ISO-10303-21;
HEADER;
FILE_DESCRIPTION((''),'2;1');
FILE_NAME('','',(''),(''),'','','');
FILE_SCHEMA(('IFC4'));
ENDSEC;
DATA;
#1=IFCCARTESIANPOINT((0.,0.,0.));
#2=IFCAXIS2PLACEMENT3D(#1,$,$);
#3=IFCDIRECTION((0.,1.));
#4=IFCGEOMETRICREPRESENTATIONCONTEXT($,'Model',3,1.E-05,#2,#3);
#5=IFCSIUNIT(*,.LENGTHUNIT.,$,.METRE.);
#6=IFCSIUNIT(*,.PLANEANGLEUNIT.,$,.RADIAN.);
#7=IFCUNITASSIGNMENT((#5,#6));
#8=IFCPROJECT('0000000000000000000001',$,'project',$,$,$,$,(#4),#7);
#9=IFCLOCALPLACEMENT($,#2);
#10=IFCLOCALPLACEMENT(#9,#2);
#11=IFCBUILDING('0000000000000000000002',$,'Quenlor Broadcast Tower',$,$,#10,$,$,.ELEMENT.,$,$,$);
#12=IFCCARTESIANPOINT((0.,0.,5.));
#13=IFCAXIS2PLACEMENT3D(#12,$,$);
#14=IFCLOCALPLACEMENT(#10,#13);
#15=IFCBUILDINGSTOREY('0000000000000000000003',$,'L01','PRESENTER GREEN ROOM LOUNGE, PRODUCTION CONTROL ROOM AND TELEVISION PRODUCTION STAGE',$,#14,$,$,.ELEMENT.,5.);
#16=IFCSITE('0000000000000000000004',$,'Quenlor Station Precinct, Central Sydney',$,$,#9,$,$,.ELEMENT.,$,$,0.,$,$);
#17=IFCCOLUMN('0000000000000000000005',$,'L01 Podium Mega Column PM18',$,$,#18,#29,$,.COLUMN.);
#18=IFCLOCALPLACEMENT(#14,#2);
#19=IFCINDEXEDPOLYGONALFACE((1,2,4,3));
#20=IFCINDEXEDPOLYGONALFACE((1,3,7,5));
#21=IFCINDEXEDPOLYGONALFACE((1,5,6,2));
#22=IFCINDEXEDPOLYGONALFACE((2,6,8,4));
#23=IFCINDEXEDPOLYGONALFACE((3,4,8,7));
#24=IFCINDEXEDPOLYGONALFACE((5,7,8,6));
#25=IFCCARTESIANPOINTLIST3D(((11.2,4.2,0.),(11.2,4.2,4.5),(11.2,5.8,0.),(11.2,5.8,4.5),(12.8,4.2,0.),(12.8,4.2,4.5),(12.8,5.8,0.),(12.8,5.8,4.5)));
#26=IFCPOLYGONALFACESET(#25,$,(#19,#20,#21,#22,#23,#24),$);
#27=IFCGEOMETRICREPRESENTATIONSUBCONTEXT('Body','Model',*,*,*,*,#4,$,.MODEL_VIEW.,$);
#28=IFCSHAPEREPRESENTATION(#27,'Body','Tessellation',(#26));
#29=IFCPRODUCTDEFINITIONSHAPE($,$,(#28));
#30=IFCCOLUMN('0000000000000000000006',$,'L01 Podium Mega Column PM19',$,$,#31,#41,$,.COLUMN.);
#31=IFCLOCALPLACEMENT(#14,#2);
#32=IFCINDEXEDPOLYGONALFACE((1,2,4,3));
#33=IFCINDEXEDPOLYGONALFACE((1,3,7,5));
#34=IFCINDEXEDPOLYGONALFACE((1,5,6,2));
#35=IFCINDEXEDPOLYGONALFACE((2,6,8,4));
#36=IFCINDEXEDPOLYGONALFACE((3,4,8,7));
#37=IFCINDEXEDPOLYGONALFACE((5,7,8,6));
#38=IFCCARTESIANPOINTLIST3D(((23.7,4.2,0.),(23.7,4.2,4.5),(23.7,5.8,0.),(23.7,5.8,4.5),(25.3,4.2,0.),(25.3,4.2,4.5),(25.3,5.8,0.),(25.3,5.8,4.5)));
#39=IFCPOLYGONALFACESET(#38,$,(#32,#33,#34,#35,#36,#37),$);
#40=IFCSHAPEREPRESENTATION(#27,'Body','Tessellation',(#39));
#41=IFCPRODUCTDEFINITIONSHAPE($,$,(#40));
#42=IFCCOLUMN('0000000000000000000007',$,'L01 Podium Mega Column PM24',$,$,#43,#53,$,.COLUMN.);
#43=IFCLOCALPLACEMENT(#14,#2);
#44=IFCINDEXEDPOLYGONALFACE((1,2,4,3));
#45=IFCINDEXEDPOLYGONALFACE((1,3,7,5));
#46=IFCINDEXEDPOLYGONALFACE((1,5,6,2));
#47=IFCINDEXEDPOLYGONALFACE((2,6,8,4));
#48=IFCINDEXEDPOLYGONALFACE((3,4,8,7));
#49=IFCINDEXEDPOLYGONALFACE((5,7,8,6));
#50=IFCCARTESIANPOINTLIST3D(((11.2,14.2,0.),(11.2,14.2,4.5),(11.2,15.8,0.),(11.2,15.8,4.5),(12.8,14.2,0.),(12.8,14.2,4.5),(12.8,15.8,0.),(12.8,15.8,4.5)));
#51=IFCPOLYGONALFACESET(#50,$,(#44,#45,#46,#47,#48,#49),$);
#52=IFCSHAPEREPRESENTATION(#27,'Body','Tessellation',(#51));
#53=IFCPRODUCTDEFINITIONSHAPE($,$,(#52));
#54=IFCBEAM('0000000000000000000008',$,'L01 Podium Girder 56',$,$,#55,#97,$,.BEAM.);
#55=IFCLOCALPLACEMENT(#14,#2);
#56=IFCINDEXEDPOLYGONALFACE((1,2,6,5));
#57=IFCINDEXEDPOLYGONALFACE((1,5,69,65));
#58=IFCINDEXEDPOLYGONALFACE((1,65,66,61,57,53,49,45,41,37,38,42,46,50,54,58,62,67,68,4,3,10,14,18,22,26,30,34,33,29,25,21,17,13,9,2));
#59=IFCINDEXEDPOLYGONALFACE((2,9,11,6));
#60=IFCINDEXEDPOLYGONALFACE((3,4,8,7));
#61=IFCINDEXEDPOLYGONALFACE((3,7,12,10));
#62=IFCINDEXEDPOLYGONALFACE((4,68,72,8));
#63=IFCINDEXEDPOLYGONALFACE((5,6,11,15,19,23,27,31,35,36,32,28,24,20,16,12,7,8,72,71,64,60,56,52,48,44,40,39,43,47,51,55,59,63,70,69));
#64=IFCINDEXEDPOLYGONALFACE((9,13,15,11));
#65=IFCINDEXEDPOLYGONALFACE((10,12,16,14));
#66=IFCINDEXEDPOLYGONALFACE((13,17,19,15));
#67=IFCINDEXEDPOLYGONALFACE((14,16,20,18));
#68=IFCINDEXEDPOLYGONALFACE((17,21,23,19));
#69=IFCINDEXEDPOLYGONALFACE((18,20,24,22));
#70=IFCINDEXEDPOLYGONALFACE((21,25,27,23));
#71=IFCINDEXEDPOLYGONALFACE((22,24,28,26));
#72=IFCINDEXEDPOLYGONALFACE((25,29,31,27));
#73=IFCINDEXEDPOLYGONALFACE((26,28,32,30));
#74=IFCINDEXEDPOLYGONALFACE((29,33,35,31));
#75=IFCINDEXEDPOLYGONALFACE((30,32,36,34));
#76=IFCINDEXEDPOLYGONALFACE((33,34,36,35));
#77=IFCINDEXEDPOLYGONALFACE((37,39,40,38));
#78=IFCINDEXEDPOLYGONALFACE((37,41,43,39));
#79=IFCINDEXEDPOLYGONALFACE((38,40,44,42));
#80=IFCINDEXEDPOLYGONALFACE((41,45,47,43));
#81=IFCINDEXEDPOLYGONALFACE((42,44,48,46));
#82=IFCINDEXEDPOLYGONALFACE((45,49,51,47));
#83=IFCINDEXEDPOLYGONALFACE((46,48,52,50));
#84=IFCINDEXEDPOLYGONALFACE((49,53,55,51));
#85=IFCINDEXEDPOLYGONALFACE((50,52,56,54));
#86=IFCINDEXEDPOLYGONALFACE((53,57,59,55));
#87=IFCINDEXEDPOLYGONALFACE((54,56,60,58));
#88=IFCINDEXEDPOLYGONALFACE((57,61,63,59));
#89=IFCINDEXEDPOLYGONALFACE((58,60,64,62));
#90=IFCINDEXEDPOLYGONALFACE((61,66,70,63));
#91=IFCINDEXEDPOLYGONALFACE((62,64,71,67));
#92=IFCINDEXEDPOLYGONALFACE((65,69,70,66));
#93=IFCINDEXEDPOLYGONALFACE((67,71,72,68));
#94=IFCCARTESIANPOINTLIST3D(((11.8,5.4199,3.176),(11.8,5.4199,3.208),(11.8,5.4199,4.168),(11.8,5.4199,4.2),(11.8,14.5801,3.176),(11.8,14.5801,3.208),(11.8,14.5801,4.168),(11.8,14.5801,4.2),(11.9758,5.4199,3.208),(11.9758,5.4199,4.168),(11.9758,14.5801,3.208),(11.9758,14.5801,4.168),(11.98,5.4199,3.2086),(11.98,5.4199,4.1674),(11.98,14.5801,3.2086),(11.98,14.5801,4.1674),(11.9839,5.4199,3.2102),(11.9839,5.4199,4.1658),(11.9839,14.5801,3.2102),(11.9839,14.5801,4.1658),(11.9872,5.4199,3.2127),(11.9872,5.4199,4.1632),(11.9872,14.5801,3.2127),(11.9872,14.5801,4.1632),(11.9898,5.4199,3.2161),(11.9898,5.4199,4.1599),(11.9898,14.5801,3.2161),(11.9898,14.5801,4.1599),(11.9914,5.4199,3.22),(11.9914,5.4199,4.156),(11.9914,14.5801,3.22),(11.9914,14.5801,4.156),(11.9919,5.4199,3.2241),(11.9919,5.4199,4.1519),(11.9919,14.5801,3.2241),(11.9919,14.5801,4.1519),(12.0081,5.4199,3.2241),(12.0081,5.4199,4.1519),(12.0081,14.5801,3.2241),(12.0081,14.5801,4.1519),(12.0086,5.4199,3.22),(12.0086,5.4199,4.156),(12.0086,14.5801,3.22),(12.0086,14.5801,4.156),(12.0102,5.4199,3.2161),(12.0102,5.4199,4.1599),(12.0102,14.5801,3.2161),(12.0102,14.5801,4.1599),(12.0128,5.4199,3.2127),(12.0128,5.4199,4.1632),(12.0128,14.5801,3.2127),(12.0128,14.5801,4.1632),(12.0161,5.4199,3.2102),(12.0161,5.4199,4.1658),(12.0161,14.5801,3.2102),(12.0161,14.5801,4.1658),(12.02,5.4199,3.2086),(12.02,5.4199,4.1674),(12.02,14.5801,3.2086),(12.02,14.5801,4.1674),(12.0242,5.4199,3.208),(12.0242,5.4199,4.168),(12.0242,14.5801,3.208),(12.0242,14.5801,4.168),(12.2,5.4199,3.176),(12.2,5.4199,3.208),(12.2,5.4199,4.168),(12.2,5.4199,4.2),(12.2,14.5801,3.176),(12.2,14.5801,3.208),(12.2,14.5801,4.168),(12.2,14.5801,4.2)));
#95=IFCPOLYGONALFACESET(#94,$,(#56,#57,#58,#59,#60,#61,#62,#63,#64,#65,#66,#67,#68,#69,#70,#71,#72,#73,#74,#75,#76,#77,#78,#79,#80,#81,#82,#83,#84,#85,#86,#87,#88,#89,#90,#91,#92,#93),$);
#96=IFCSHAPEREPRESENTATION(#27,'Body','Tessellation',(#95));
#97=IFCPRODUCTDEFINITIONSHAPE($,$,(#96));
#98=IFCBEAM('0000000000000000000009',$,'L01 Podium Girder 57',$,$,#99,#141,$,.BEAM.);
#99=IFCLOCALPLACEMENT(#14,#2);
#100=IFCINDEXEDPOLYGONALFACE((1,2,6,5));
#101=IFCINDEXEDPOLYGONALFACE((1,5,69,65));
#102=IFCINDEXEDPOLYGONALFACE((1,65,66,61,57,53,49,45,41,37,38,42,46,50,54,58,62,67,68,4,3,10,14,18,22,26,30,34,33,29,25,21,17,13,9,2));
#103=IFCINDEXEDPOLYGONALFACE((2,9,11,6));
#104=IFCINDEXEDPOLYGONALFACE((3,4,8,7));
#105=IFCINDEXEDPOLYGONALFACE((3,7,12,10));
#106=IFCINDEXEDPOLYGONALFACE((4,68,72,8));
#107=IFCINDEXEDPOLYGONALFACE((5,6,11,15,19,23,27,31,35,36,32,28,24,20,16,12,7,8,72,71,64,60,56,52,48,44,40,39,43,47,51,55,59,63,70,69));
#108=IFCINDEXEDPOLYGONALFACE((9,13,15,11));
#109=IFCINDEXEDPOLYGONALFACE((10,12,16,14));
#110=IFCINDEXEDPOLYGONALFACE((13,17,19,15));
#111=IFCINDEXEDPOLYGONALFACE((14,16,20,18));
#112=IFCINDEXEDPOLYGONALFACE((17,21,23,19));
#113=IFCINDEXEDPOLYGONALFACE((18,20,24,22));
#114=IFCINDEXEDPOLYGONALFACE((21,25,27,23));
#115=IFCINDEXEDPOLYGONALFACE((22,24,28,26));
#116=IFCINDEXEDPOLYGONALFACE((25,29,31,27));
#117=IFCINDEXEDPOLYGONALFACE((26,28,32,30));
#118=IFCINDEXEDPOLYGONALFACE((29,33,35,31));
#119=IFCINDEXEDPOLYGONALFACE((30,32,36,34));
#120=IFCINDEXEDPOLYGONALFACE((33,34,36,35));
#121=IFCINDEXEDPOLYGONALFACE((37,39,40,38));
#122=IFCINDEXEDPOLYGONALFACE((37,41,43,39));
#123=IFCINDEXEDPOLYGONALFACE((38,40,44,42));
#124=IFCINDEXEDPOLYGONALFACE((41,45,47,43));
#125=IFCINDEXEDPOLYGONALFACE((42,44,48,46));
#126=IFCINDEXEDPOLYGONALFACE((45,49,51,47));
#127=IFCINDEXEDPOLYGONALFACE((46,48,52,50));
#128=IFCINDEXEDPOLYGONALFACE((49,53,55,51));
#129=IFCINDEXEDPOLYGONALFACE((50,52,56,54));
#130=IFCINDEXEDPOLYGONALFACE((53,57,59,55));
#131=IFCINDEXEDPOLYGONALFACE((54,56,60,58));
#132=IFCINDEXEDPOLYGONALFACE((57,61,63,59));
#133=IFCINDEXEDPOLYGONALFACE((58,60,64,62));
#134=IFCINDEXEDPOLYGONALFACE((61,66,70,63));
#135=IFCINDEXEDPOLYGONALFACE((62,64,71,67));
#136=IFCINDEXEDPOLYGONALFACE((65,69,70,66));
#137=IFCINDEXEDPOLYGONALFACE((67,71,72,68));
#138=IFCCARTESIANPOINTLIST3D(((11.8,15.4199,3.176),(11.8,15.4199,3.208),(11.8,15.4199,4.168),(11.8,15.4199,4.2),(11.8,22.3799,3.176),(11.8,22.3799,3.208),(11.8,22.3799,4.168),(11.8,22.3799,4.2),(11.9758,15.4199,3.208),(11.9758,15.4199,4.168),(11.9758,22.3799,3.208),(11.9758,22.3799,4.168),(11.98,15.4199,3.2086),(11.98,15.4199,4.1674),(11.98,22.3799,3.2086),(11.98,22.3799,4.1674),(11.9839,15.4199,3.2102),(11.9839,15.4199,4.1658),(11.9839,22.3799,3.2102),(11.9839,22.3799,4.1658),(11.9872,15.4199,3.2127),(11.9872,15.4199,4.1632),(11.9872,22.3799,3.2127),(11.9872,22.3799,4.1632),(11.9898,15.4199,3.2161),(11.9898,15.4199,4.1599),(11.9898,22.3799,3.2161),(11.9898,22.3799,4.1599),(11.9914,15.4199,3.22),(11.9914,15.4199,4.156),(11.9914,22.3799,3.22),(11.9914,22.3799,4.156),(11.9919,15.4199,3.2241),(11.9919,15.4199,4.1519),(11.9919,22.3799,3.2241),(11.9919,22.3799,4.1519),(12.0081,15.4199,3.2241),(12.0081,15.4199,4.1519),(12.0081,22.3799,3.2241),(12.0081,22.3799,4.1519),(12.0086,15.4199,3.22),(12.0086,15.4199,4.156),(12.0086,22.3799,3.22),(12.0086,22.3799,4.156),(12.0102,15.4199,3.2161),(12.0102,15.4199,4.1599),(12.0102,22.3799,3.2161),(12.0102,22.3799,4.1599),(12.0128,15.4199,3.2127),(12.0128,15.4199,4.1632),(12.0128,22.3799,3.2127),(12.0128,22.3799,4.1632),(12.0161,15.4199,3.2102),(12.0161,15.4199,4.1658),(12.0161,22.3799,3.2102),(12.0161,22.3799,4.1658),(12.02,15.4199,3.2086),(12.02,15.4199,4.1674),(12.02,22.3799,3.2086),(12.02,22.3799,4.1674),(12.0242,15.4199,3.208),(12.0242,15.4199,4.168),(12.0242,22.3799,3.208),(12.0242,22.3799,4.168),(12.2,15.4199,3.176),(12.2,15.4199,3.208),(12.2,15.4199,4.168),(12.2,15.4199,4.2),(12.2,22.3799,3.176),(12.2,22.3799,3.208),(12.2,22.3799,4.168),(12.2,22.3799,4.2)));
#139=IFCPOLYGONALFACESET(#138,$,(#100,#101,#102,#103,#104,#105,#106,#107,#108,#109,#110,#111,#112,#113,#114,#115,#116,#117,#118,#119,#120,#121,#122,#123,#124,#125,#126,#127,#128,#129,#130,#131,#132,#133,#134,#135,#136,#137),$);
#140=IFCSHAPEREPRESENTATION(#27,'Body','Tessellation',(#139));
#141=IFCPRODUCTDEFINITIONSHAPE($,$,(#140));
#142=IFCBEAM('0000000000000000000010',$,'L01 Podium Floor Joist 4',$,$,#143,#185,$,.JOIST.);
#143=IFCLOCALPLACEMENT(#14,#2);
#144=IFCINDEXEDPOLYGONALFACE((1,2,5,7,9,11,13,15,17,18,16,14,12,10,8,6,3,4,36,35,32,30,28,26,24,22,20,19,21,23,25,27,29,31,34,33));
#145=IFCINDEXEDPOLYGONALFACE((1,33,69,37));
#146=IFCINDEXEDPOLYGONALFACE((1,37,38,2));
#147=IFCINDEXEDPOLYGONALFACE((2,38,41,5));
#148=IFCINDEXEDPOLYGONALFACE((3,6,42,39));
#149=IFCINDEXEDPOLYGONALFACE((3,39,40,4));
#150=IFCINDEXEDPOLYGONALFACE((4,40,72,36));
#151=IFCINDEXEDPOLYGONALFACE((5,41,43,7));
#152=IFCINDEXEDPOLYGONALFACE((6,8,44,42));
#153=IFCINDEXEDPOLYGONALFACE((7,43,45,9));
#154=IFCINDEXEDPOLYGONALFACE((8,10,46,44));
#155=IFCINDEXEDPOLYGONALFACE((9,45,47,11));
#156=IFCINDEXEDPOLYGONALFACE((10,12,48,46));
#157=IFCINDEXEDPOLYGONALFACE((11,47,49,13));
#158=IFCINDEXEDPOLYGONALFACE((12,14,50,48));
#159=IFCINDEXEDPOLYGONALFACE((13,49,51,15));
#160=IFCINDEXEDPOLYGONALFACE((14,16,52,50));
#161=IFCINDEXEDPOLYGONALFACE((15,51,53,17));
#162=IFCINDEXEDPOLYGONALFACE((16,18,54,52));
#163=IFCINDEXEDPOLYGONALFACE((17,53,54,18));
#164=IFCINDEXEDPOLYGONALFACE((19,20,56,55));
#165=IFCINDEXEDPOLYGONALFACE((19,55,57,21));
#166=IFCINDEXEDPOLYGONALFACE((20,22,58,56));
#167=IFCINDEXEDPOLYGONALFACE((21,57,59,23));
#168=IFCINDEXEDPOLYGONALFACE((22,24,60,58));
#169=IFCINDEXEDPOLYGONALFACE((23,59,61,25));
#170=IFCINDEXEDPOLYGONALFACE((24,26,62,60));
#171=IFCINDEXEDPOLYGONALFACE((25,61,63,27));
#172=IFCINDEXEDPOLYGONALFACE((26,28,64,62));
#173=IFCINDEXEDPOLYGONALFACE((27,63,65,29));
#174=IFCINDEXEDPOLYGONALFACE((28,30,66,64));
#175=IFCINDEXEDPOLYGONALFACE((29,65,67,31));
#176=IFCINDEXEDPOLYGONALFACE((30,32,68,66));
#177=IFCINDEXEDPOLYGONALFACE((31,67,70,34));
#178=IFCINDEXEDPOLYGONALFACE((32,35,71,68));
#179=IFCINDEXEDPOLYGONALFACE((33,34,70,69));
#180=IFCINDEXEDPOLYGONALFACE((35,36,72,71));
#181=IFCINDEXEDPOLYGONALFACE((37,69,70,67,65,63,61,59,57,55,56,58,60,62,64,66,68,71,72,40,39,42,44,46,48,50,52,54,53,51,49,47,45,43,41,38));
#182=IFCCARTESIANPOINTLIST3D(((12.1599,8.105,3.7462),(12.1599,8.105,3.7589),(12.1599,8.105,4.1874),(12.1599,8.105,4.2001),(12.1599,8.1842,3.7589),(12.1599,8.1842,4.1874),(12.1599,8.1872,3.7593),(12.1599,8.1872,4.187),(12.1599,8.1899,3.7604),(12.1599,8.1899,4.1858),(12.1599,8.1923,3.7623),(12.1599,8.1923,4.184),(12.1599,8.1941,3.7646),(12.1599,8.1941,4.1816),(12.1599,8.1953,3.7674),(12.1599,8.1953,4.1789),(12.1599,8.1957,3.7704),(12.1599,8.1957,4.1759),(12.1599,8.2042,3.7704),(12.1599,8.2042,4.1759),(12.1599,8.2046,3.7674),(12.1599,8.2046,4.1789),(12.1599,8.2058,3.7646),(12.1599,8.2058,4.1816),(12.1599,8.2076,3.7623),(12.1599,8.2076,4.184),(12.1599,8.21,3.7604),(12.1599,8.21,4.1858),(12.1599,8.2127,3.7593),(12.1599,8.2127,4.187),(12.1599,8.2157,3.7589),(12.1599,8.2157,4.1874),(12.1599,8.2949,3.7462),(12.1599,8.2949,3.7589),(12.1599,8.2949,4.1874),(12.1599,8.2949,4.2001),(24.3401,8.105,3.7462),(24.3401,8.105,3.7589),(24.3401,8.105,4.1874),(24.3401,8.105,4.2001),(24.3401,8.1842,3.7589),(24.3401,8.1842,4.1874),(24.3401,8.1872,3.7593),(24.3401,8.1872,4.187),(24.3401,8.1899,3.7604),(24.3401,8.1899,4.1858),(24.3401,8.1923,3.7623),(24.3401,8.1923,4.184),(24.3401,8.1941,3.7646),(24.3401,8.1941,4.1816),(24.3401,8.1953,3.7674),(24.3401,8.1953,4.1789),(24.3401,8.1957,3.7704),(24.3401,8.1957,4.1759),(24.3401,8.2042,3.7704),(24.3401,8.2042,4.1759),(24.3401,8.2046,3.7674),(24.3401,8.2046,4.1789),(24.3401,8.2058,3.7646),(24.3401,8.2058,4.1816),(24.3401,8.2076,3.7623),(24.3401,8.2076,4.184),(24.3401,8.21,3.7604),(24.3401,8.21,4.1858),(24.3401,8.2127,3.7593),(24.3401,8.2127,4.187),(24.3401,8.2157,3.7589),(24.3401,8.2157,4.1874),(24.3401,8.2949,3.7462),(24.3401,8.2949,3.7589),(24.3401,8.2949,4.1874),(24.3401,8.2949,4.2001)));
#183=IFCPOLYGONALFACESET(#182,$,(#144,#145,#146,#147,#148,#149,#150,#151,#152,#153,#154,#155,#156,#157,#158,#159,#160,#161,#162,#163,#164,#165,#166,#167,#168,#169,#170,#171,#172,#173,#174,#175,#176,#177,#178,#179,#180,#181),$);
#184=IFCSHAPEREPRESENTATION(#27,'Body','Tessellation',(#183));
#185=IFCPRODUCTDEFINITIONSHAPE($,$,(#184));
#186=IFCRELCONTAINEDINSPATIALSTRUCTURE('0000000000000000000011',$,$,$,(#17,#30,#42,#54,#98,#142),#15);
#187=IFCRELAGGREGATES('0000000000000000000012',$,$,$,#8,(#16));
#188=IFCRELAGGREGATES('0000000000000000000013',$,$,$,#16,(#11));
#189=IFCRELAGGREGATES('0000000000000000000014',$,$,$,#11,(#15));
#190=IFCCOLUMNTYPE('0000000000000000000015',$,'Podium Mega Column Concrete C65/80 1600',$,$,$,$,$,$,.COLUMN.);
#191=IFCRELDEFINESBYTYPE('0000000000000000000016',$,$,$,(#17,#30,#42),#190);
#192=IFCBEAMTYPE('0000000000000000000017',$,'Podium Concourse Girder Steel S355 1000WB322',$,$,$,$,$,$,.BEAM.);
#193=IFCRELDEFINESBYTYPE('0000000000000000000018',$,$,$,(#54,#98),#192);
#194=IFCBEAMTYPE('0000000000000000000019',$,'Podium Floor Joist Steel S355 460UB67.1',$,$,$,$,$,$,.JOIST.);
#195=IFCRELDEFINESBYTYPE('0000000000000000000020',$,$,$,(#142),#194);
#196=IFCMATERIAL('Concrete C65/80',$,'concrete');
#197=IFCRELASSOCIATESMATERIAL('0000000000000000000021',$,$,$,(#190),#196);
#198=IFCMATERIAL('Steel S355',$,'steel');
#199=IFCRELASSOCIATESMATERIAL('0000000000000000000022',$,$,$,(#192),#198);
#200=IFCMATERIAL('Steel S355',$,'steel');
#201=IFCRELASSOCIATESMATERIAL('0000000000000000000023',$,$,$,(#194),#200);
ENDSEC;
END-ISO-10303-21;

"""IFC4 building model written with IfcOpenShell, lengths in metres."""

from ifc_helpers import new_model, si_unit, direction, frame, origin, origin_2d, place, context, subcontext, project, spatial, rectangle, i_section, extrude, material, material_profile, profile_set, type_object, element, save


model = new_model("IFC4")

# Units and contexts
model_context = context("Model", 3, precision=1e-05, world=origin(), true_north=direction((0.0, 1.0)))
body_context = subcontext(model_context, "Body", "Model", "MODEL_VIEW")
ifc_project = project(units=[si_unit("LENGTHUNIT", "METRE"), si_unit("PLANEANGLEUNIT", "RADIAN")], contexts=[model_context])

# Site, building, storey
site_placement = place(None, origin())
site = spatial("IfcSite", under=ifc_project, at=site_placement, Name="Quenlor Station Precinct, Central Sydney", CompositionType="ELEMENT", RefElevation=0.0)
building_placement = place(site_placement, origin())
building = spatial("IfcBuilding", under=site, at=building_placement, Name="Quenlor Broadcast Tower", CompositionType="ELEMENT")
storey_placement = place(building_placement, frame((0.0, 0.0, 5.0)))
storey = spatial("IfcBuildingStorey", under=building, at=storey_placement, Name="L01", Description="PRESENTER GREEN ROOM LOUNGE, PRODUCTION CONTROL ROOM AND TELEVISION PRODUCTION STAGE", CompositionType="ELEMENT", Elevation=5.0)

# Columns
ifc_material_1 = material(Name="Concrete C65/80", Category="concrete")
ifc_material_profile_1 = material_profile(ifc_material_1, rectangle(XDim=1.6001, YDim=1.6001, at=origin_2d()))
ifc_profile_set_1 = profile_set([ifc_material_profile_1], Name="Concrete C65/80 RC1600x1600")
column_type = type_object("IfcColumnType", Name="Podium Mega Column Concrete C65/80 1600", PredefinedType="COLUMN", material=ifc_profile_set_1)
for number, where, z_axis, x_axis, name in (
    (1, (12.0, 5.0, 0.0), (0.0, 0.0, 1.0), (1.0, 0.0, 0.0), "L01 Podium Mega Column PM18"),
    (2, (24.5, 5.0, 0.0), (0.0, 0.0, 1.0), (1.0, 0.0, 0.0), "L01 Podium Mega Column PM19"),
    (3, (12.0, 15.0, 0.0), (0.0, 0.0, 1.0), (1.0, 0.0, 0.0), "L01 Podium Mega Column PM24"),
):
    element("IfcColumn", number, at=place(storey_placement, frame(where, z_axis=z_axis, x_axis=x_axis)), inside=storey, type_object=column_type, Name=name, PredefinedType="COLUMN", context=body_context, shape_type="SweptSolid", body=[
        extrude(rectangle(XDim=1.6001, YDim=1.6001, at=origin_2d()), origin(), (0.0, 0.0, 1.0), 4.5),
    ])

# Beams
ifc_material_2 = material(Name="Steel S355", Category="steel")
ifc_material_profile_2 = material_profile(ifc_material_2, i_section(OverallWidth=0.3999, OverallDepth=1.0239, WebThickness=0.0161, FlangeThickness=0.032, FilletRadius=0.0161, at=origin_2d()))
ifc_profile_set_2 = profile_set([ifc_material_profile_2], Name="Steel S355 1000WB322")
beam_type_1 = type_object("IfcBeamType", Name="Podium Concourse Girder Steel S355 1000WB322", PredefinedType="BEAM", material=ifc_profile_set_2)
beam_1_placement = place(storey_placement, frame((12.0, 5.4199, 3.688), z_axis=(0.0, 1.0, 0.0), x_axis=(-1.0, 0.0, 0.0)))
element("IfcBeam", 4, at=beam_1_placement, inside=storey, type_object=beam_type_1, Name="L01 Podium Girder 56", PredefinedType="BEAM", context=body_context, shape_type="SweptSolid", body=[
    extrude(i_section(OverallWidth=0.3999, OverallDepth=1.0239, WebThickness=0.0161, FlangeThickness=0.032, FilletRadius=0.0161, at=origin_2d()), origin(), (0.0, 0.0, 1.0), 9.1602),
])
beam_2_placement = place(storey_placement, frame((12.0, 15.4199, 3.688), z_axis=(0.0, 1.0, 0.0), x_axis=(-1.0, 0.0, 0.0)))
element("IfcBeam", 5, at=beam_2_placement, inside=storey, type_object=beam_type_1, Name="L01 Podium Girder 57", PredefinedType="BEAM", context=body_context, shape_type="SweptSolid", body=[
    extrude(i_section(OverallWidth=0.3999, OverallDepth=1.0239, WebThickness=0.0161, FlangeThickness=0.032, FilletRadius=0.0161, at=origin_2d()), origin(), (0.0, 0.0, 1.0), 6.96),
])
ifc_material_3 = material(Name="Steel S355", Category="steel")
ifc_material_profile_3 = material_profile(ifc_material_3, i_section(OverallWidth=0.1899, OverallDepth=0.4539, WebThickness=0.0085, FlangeThickness=0.0127, FilletRadius=0.0115, at=origin_2d()))
ifc_profile_set_3 = profile_set([ifc_material_profile_3], Name="Steel S355 460UB67.1")
beam_type_2 = type_object("IfcBeamType", Name="Podium Floor Joist Steel S355 460UB67.1", PredefinedType="JOIST", material=ifc_profile_set_3)
for number, where, z_axis, x_axis, name in (
    (6, (12.1599, 8.2, 3.9731), (1.0, 0.0, 0.0), (0.0, 1.0, 0.0), "L01 Podium Floor Joist 4"),
):
    element("IfcBeam", number, at=place(storey_placement, frame(where, z_axis=z_axis, x_axis=x_axis)), inside=storey, type_object=beam_type_2, Name=name, PredefinedType="JOIST", context=body_context, shape_type="SweptSolid", body=[
        extrude(i_section(OverallWidth=0.1899, OverallDepth=0.4539, WebThickness=0.0085, FlangeThickness=0.0127, FilletRadius=0.0115, at=origin_2d()), origin(), (0.0, 0.0, 1.0), 12.1802),
    ])

save(model, "model.ifc")
